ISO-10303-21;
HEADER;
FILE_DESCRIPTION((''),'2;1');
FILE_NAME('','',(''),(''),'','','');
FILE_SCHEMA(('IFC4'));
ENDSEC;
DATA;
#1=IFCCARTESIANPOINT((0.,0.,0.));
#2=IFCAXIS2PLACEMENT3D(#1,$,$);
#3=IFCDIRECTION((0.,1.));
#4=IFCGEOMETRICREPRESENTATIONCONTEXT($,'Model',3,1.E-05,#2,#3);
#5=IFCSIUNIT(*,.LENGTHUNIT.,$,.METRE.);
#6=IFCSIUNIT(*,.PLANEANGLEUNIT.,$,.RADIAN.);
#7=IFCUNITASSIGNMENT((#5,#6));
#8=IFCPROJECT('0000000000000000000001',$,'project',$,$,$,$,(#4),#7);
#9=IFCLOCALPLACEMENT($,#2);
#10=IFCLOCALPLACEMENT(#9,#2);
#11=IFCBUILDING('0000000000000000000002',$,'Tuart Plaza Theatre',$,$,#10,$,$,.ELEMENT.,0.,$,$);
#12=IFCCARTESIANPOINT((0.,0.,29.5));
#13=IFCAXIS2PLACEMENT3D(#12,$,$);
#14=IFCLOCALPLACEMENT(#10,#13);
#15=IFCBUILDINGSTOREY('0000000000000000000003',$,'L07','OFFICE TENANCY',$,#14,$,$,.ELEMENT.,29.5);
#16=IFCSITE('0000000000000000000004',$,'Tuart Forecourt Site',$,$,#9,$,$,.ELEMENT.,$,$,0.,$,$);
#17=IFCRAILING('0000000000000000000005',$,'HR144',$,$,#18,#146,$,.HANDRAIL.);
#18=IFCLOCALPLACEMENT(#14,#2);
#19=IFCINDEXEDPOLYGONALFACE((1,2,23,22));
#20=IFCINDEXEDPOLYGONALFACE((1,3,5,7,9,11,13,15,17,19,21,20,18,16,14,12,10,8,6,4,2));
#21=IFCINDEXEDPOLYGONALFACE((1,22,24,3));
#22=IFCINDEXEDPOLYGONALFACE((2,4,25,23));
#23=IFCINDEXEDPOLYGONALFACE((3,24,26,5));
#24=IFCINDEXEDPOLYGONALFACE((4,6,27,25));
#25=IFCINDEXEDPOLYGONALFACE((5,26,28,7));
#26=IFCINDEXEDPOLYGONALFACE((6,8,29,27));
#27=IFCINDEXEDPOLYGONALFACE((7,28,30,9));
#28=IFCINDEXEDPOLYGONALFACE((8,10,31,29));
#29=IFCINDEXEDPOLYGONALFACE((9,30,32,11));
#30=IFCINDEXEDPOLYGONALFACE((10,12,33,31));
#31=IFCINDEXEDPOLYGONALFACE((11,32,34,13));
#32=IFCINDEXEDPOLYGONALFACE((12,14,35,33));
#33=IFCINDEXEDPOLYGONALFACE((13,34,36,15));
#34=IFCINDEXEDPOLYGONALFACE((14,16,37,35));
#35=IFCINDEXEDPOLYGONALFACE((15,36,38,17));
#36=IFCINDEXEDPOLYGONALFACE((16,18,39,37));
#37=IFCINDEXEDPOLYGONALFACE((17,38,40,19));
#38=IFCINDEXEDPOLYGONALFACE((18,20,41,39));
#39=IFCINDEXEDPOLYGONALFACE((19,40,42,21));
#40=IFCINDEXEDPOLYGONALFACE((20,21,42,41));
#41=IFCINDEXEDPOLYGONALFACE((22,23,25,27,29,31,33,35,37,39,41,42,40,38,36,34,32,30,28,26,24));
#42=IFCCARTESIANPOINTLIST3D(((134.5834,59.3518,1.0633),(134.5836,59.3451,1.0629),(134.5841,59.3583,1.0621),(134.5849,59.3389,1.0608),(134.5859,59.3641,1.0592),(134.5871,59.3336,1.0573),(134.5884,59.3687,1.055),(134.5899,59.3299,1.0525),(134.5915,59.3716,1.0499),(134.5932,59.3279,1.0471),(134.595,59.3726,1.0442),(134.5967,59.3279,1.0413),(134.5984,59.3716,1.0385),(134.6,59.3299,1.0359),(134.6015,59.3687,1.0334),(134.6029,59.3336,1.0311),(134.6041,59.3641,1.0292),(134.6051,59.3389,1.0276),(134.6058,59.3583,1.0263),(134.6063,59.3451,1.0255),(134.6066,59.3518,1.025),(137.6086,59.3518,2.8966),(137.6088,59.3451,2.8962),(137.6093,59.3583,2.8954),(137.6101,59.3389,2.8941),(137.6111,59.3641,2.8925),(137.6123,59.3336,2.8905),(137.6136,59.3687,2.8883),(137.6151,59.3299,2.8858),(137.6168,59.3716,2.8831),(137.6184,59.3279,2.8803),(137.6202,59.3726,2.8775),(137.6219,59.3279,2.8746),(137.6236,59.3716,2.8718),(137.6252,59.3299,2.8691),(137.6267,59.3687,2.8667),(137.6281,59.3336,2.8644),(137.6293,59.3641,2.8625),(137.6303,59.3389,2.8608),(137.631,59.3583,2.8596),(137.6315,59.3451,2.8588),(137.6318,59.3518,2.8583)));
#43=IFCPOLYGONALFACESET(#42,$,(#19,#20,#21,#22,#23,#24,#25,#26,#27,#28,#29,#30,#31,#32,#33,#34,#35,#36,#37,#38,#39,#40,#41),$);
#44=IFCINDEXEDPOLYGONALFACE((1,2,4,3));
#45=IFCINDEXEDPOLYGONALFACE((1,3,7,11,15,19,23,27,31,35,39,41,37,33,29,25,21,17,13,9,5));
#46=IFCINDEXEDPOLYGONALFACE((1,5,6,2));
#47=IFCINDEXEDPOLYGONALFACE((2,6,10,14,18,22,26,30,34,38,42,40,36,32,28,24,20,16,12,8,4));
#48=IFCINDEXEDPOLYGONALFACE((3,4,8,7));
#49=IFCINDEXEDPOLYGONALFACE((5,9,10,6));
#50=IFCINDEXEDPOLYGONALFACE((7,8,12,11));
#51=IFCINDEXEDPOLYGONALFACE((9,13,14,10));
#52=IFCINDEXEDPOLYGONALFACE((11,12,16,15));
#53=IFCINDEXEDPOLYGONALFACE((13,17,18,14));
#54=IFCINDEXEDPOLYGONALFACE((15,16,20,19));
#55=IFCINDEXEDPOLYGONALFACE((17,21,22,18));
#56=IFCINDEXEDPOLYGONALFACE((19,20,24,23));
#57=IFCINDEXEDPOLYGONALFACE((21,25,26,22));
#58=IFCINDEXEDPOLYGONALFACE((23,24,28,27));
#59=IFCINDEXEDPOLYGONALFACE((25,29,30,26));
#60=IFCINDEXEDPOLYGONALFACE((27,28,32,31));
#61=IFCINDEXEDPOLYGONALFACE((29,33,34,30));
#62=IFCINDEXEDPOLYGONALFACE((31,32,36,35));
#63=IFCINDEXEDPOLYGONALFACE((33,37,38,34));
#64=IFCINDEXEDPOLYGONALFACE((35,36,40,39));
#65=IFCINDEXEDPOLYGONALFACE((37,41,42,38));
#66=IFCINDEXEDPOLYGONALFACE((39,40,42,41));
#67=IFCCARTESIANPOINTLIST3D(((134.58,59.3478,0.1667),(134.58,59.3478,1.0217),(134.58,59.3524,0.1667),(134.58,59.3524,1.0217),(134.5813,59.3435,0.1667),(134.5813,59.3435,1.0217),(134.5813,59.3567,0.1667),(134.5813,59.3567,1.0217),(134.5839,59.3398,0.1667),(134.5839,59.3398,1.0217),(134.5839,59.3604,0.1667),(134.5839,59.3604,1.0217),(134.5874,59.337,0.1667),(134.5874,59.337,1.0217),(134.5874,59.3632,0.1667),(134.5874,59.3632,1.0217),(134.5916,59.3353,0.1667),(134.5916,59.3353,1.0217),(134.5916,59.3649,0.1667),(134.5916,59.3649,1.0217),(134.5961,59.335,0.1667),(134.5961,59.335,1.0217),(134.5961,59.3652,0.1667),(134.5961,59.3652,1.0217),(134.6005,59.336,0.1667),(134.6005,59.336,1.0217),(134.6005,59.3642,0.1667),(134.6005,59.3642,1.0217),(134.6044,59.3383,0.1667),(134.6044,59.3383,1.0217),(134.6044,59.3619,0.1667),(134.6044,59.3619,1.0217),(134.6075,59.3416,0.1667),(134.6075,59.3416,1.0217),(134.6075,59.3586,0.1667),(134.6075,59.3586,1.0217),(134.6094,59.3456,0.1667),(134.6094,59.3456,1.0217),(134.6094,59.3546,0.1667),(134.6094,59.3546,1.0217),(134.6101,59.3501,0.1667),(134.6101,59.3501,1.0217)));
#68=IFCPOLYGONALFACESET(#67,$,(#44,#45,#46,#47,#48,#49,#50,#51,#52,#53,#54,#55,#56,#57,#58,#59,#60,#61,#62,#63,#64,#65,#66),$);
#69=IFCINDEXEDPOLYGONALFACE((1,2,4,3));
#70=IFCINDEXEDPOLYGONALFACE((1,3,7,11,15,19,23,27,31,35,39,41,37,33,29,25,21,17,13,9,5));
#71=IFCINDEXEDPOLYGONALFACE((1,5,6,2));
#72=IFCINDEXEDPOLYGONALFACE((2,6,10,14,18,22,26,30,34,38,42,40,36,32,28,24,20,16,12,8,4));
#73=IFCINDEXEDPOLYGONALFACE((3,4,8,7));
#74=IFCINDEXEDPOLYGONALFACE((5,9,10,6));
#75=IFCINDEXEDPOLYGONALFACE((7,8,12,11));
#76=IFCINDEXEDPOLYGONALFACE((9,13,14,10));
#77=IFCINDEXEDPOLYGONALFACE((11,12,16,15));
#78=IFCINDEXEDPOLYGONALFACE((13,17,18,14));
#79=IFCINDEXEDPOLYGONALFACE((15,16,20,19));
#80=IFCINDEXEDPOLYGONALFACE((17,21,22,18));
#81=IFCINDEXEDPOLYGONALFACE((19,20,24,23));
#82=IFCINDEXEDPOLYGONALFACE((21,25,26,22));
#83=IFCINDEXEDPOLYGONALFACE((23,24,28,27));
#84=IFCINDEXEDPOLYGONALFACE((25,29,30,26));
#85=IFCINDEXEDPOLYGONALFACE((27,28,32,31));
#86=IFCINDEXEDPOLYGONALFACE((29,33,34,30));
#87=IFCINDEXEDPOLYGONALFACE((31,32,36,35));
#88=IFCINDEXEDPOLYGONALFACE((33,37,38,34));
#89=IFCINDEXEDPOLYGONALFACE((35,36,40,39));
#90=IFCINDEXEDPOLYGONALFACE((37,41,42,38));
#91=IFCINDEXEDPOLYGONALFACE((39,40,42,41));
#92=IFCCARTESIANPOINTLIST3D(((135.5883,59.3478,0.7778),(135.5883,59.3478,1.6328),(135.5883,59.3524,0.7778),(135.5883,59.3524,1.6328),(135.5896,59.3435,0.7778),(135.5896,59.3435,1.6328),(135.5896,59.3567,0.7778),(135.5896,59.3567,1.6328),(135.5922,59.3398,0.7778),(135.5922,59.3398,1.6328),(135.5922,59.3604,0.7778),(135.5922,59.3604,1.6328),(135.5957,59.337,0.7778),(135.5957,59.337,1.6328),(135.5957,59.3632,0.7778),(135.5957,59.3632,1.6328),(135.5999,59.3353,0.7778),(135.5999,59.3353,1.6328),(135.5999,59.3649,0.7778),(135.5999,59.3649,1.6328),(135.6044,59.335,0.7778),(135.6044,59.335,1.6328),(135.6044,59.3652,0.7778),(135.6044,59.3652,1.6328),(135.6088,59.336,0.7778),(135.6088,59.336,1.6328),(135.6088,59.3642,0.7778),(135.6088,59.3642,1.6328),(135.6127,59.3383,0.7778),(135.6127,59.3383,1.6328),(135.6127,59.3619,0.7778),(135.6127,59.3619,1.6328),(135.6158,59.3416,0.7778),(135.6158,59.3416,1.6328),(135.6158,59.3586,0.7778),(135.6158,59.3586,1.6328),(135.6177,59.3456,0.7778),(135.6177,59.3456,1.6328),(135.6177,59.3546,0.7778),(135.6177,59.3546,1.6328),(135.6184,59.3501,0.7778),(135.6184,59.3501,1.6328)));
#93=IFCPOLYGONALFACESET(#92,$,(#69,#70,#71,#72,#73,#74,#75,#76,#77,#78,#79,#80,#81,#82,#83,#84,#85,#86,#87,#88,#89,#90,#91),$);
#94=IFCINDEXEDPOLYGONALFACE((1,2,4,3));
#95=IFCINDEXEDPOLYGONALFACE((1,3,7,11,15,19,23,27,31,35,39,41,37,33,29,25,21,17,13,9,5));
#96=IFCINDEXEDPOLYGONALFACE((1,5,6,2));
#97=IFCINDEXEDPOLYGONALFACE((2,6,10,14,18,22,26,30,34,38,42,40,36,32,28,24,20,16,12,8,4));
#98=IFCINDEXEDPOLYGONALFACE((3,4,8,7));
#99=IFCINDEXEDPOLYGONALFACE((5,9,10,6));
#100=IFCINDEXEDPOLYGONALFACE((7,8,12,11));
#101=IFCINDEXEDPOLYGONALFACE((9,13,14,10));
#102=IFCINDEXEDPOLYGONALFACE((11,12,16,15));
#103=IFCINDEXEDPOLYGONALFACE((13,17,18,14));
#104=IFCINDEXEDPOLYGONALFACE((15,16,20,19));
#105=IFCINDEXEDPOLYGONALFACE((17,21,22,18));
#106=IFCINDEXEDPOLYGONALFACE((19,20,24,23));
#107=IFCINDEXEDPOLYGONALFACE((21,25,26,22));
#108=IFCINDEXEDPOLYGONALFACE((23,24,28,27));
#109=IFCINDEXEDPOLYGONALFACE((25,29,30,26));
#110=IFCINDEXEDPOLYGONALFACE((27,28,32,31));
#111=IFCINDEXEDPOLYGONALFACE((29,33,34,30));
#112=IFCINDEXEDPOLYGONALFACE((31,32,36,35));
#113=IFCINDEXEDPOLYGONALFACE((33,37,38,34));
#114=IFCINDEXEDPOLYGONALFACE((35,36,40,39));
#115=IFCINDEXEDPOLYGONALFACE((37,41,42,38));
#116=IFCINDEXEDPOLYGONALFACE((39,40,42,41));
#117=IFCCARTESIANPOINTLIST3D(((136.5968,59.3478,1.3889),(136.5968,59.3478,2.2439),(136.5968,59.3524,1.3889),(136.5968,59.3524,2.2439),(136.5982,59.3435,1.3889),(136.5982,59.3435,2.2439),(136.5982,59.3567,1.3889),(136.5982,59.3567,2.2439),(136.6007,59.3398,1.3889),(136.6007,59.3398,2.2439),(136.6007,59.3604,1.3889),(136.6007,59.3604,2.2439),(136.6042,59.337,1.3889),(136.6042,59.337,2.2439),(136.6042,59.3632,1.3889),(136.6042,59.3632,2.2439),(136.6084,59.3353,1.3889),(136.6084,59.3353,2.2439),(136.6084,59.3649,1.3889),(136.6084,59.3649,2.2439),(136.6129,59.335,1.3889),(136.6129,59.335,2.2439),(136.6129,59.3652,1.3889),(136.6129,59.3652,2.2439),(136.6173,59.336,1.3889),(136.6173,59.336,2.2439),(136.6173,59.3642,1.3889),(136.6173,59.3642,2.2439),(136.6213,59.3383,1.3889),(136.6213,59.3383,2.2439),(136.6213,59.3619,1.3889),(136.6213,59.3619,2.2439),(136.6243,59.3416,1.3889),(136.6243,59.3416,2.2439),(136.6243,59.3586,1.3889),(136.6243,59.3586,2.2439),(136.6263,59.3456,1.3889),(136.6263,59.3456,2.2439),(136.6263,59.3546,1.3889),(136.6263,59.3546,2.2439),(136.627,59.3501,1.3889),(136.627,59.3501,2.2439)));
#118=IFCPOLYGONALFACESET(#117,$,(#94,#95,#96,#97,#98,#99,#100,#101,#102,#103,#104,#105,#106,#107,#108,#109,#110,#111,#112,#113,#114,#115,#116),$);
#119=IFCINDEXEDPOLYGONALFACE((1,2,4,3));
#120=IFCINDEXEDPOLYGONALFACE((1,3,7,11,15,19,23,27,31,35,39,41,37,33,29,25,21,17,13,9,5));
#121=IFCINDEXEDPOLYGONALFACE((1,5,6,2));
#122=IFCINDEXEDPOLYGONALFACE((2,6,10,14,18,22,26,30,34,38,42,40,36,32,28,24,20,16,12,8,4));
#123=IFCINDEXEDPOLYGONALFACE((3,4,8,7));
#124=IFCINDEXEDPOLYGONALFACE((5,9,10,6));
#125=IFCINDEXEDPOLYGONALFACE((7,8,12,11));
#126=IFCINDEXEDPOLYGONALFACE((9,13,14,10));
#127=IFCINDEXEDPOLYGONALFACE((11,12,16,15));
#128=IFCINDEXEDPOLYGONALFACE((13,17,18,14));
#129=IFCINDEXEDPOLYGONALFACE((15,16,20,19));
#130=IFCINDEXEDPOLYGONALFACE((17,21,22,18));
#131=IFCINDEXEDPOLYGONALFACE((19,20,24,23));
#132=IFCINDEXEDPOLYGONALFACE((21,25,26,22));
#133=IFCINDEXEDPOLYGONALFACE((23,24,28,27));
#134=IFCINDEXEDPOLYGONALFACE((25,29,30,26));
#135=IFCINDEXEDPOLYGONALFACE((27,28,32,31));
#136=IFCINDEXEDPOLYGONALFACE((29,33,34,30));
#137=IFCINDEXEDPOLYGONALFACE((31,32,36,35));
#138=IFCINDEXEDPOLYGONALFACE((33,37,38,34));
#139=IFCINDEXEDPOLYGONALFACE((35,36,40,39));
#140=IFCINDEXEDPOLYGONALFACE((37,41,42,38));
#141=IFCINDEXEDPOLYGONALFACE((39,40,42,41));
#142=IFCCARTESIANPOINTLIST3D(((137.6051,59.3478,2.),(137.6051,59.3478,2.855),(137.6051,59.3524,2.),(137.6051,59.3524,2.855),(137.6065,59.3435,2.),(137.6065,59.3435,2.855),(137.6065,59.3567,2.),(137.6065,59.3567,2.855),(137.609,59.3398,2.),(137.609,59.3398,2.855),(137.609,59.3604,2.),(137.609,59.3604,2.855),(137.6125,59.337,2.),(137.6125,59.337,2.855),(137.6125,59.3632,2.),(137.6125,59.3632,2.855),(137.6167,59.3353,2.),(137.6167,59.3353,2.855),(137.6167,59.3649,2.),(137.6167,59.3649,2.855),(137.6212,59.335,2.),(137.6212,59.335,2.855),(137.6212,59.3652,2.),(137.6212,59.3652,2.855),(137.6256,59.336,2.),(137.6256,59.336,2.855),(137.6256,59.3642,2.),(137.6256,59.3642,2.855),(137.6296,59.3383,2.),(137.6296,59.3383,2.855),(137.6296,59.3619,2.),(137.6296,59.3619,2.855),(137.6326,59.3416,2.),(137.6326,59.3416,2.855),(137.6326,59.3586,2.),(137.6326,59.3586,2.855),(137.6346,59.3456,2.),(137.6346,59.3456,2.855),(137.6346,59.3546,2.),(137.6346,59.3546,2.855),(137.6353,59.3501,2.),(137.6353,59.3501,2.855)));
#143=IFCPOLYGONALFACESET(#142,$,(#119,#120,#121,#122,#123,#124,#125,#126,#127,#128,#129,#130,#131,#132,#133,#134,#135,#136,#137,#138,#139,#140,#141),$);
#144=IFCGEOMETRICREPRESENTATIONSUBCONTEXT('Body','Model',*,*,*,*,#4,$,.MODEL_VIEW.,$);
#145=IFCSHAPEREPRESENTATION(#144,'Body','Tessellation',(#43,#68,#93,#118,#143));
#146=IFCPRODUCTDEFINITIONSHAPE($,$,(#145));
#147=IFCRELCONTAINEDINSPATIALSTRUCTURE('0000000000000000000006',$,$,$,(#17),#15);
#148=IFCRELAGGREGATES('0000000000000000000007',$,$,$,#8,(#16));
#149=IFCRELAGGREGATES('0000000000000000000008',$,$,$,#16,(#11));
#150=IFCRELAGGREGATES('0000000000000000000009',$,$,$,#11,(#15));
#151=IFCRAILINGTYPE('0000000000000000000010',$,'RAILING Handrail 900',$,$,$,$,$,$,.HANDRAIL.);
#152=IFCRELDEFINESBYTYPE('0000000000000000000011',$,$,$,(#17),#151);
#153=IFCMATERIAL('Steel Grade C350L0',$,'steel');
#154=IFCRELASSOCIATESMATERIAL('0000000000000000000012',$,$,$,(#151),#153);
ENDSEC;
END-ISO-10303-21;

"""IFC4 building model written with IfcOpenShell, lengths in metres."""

from ifc_helpers import new_model, si_unit, direction, frame, origin, origin_2d, place, context, subcontext, project, spatial, circle, extrude, material, type_object, element, save


model = new_model("IFC4")

# Units and contexts
model_context = context("Model", 3, precision=1e-05, world=origin(), true_north=direction((0.0, 1.0)))
body_context = subcontext(model_context, "Body", "Model", "MODEL_VIEW")
ifc_project = project(units=[si_unit("LENGTHUNIT", "METRE"), si_unit("PLANEANGLEUNIT", "RADIAN")], contexts=[model_context])

# Site, building, storey
site_placement = place(None, origin())
site = spatial("IfcSite", under=ifc_project, at=site_placement, Name="Tuart Forecourt Site", CompositionType="ELEMENT", RefElevation=0.0)
building_placement = place(site_placement, origin())
building = spatial("IfcBuilding", under=site, at=building_placement, Name="Tuart Plaza Theatre", CompositionType="ELEMENT", ElevationOfRefHeight=0.0)
storey_placement = place(building_placement, frame((0.0, 0.0, 29.5)))
storey = spatial("IfcBuildingStorey", under=building, at=storey_placement, Name="L07", Description="OFFICE TENANCY", CompositionType="ELEMENT", Elevation=29.5)

# Railing
ifc_material_1 = material(Name="Steel Grade C350L0", Category="steel")
railing_type_1 = type_object("IfcRailingType", Name="RAILING Handrail 900", PredefinedType="HANDRAIL", material=ifc_material_1)
railing_1_placement = place(storey_placement, frame((134.595, 59.3501, 0.1667)))
element("IfcRailing", 1, at=railing_1_placement, inside=storey, type_object=railing_type_1, Name="HR144", PredefinedType="HANDRAIL", context=body_context, shape_type="SweptSolid", body=[
    extrude(circle(Radius=0.0225, at=origin_2d()), frame((0.0, 0.0, 0.8774), z_axis=(0.855219, 0.0, 0.518267), x_axis=(0.0, 1.0, 0.0)), (0.0, 0.0, 1.0), 3.5374),
    extrude(circle(Radius=0.0151, at=origin_2d()), origin(), (0.0, 0.0, 1.0), 0.855),
    extrude(circle(Radius=0.0151, at=origin_2d()), frame((1.0083, 0.0, 0.6111)), (0.0, 0.0, 1.0), 0.855),
    extrude(circle(Radius=0.0151, at=origin_2d()), frame((2.0168, 0.0, 1.2222)), (0.0, 0.0, 1.0), 0.855),
    extrude(circle(Radius=0.0151, at=origin_2d()), frame((3.0251, 0.0, 1.8333)), (0.0, 0.0, 1.0), 0.855),
])

save(model, "model.ifc")
